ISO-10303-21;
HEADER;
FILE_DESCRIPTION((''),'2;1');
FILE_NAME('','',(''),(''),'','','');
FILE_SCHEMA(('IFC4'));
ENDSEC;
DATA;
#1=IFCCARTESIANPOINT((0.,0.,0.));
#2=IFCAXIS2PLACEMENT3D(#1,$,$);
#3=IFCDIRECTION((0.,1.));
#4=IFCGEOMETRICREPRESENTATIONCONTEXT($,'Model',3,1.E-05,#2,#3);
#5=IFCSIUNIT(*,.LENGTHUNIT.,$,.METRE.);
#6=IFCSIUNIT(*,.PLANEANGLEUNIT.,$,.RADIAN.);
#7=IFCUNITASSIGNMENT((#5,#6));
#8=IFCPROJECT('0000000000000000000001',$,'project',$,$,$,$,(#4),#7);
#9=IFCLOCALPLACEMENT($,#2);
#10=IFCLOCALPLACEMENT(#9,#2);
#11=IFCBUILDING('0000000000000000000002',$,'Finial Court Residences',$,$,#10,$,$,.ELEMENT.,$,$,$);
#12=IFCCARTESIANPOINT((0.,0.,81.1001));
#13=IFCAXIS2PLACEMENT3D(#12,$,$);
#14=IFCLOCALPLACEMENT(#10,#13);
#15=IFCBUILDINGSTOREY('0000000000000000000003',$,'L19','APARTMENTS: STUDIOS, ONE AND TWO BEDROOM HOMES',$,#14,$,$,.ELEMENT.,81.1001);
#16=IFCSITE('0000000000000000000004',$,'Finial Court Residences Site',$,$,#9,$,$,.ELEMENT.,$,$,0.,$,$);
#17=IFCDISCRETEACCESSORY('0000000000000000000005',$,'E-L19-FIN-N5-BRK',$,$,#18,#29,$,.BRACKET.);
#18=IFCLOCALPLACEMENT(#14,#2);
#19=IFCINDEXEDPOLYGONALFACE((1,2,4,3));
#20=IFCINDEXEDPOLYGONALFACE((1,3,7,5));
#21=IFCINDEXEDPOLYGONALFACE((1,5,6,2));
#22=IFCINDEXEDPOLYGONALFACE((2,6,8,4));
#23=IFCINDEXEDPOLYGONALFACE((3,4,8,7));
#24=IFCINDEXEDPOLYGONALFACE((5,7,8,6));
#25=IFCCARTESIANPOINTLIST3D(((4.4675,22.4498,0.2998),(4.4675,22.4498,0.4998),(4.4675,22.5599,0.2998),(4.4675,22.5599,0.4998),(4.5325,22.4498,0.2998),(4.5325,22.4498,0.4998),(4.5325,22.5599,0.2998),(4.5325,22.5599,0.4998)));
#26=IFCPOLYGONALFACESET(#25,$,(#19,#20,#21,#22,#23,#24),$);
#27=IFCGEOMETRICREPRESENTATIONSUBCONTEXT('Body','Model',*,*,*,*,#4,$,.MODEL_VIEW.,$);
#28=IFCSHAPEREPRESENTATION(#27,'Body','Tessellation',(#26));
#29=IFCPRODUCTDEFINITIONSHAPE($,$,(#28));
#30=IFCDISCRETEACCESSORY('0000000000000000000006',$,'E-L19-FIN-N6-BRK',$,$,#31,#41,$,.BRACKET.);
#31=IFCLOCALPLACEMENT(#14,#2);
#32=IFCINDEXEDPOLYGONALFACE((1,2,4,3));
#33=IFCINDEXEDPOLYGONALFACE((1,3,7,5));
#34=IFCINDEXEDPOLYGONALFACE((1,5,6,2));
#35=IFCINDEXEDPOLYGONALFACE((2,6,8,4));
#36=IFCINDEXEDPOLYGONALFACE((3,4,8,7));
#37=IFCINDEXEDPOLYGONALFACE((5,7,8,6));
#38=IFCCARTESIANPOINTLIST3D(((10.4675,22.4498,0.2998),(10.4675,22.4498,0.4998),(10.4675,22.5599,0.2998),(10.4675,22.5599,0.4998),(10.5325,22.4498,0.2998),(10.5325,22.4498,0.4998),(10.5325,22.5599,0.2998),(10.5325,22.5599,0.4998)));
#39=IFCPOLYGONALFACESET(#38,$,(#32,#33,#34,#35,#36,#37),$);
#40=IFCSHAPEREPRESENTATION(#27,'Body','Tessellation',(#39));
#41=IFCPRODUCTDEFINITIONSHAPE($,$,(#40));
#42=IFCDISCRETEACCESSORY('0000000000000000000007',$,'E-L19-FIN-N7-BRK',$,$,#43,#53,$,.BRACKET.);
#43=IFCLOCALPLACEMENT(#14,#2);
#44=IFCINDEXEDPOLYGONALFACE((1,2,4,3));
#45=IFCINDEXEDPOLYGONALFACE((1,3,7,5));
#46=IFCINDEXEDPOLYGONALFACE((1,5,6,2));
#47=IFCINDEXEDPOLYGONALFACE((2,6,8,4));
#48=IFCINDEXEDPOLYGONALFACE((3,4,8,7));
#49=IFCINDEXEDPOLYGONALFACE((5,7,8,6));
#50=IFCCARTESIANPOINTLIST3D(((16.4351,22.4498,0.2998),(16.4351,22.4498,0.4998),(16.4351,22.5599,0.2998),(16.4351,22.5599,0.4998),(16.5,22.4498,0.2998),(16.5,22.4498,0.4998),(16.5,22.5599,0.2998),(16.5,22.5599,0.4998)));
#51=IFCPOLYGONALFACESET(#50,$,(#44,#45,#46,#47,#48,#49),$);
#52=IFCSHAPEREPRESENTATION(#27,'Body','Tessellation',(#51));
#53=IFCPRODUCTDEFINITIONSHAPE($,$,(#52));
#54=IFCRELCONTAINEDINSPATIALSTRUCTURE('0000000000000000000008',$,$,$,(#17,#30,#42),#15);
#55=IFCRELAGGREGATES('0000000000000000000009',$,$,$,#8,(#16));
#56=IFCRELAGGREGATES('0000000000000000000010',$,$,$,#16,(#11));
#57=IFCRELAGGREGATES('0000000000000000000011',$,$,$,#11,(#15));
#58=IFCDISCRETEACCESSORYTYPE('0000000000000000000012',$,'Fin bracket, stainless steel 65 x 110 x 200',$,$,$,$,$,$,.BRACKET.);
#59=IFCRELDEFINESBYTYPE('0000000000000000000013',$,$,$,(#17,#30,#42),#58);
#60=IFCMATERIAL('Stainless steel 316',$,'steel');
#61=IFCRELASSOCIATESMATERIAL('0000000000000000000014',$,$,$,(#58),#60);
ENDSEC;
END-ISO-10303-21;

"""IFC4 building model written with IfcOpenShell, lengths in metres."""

from ifc_helpers import new_model, si_unit, direction, frame, origin, origin_2d, place, context, subcontext, project, spatial, rectangle, extrude, material, type_object, element, save


model = new_model("IFC4")

# Units and contexts
model_context = context("Model", 3, precision=1e-05, world=origin(), true_north=direction((0.0, 1.0)))
body_context = subcontext(model_context, "Body", "Model", "MODEL_VIEW")
ifc_project = project(units=[si_unit("LENGTHUNIT", "METRE"), si_unit("PLANEANGLEUNIT", "RADIAN")], contexts=[model_context])

# Site, building, storey
site_placement = place(None, origin())
site = spatial("IfcSite", under=ifc_project, at=site_placement, Name="Finial Court Residences Site", CompositionType="ELEMENT", RefElevation=0.0)
building_placement = place(site_placement, origin())
building = spatial("IfcBuilding", under=site, at=building_placement, Name="Finial Court Residences", CompositionType="ELEMENT")
storey_placement = place(building_placement, frame((0.0, 0.0, 81.1001)))
storey = spatial("IfcBuildingStorey", under=building, at=storey_placement, Name="L19", Description="APARTMENTS: STUDIOS, ONE AND TWO BEDROOM HOMES", CompositionType="ELEMENT", Elevation=81.1001)

# Discrete accessories
ifc_material_1 = material(Name="Stainless steel 316", Category="steel")
discrete_accessory_type = type_object("IfcDiscreteAccessoryType", Name="Fin bracket, stainless steel 65 x 110 x 200", PredefinedType="BRACKET", material=ifc_material_1)
for number, where, z_axis, x_axis, name in (
    (1, (4.5, 22.5049, 0.2998), (0.0, 0.0, 1.0), (1.0, 0.0, 0.0), "E-L19-FIN-N5-BRK"),
    (2, (10.5, 22.5049, 0.2998), (0.0, 0.0, 1.0), (1.0, 0.0, 0.0), "E-L19-FIN-N6-BRK"),
    (3, (16.4675, 22.5049, 0.2998), (0.0, 0.0, 1.0), (1.0, 0.0, 0.0), "E-L19-FIN-N7-BRK"),
):
    element("IfcDiscreteAccessory", number, at=place(storey_placement, frame(where, z_axis=z_axis, x_axis=x_axis)), inside=storey, type_object=discrete_accessory_type, Name=name, PredefinedType="BRACKET", context=body_context, shape_type="SweptSolid", body=[
        extrude(rectangle(XDim=0.0649, YDim=0.1101, at=origin_2d()), origin(), (0.0, 0.0, 1.0), 0.2),
    ])

save(model, "model.ifc")
